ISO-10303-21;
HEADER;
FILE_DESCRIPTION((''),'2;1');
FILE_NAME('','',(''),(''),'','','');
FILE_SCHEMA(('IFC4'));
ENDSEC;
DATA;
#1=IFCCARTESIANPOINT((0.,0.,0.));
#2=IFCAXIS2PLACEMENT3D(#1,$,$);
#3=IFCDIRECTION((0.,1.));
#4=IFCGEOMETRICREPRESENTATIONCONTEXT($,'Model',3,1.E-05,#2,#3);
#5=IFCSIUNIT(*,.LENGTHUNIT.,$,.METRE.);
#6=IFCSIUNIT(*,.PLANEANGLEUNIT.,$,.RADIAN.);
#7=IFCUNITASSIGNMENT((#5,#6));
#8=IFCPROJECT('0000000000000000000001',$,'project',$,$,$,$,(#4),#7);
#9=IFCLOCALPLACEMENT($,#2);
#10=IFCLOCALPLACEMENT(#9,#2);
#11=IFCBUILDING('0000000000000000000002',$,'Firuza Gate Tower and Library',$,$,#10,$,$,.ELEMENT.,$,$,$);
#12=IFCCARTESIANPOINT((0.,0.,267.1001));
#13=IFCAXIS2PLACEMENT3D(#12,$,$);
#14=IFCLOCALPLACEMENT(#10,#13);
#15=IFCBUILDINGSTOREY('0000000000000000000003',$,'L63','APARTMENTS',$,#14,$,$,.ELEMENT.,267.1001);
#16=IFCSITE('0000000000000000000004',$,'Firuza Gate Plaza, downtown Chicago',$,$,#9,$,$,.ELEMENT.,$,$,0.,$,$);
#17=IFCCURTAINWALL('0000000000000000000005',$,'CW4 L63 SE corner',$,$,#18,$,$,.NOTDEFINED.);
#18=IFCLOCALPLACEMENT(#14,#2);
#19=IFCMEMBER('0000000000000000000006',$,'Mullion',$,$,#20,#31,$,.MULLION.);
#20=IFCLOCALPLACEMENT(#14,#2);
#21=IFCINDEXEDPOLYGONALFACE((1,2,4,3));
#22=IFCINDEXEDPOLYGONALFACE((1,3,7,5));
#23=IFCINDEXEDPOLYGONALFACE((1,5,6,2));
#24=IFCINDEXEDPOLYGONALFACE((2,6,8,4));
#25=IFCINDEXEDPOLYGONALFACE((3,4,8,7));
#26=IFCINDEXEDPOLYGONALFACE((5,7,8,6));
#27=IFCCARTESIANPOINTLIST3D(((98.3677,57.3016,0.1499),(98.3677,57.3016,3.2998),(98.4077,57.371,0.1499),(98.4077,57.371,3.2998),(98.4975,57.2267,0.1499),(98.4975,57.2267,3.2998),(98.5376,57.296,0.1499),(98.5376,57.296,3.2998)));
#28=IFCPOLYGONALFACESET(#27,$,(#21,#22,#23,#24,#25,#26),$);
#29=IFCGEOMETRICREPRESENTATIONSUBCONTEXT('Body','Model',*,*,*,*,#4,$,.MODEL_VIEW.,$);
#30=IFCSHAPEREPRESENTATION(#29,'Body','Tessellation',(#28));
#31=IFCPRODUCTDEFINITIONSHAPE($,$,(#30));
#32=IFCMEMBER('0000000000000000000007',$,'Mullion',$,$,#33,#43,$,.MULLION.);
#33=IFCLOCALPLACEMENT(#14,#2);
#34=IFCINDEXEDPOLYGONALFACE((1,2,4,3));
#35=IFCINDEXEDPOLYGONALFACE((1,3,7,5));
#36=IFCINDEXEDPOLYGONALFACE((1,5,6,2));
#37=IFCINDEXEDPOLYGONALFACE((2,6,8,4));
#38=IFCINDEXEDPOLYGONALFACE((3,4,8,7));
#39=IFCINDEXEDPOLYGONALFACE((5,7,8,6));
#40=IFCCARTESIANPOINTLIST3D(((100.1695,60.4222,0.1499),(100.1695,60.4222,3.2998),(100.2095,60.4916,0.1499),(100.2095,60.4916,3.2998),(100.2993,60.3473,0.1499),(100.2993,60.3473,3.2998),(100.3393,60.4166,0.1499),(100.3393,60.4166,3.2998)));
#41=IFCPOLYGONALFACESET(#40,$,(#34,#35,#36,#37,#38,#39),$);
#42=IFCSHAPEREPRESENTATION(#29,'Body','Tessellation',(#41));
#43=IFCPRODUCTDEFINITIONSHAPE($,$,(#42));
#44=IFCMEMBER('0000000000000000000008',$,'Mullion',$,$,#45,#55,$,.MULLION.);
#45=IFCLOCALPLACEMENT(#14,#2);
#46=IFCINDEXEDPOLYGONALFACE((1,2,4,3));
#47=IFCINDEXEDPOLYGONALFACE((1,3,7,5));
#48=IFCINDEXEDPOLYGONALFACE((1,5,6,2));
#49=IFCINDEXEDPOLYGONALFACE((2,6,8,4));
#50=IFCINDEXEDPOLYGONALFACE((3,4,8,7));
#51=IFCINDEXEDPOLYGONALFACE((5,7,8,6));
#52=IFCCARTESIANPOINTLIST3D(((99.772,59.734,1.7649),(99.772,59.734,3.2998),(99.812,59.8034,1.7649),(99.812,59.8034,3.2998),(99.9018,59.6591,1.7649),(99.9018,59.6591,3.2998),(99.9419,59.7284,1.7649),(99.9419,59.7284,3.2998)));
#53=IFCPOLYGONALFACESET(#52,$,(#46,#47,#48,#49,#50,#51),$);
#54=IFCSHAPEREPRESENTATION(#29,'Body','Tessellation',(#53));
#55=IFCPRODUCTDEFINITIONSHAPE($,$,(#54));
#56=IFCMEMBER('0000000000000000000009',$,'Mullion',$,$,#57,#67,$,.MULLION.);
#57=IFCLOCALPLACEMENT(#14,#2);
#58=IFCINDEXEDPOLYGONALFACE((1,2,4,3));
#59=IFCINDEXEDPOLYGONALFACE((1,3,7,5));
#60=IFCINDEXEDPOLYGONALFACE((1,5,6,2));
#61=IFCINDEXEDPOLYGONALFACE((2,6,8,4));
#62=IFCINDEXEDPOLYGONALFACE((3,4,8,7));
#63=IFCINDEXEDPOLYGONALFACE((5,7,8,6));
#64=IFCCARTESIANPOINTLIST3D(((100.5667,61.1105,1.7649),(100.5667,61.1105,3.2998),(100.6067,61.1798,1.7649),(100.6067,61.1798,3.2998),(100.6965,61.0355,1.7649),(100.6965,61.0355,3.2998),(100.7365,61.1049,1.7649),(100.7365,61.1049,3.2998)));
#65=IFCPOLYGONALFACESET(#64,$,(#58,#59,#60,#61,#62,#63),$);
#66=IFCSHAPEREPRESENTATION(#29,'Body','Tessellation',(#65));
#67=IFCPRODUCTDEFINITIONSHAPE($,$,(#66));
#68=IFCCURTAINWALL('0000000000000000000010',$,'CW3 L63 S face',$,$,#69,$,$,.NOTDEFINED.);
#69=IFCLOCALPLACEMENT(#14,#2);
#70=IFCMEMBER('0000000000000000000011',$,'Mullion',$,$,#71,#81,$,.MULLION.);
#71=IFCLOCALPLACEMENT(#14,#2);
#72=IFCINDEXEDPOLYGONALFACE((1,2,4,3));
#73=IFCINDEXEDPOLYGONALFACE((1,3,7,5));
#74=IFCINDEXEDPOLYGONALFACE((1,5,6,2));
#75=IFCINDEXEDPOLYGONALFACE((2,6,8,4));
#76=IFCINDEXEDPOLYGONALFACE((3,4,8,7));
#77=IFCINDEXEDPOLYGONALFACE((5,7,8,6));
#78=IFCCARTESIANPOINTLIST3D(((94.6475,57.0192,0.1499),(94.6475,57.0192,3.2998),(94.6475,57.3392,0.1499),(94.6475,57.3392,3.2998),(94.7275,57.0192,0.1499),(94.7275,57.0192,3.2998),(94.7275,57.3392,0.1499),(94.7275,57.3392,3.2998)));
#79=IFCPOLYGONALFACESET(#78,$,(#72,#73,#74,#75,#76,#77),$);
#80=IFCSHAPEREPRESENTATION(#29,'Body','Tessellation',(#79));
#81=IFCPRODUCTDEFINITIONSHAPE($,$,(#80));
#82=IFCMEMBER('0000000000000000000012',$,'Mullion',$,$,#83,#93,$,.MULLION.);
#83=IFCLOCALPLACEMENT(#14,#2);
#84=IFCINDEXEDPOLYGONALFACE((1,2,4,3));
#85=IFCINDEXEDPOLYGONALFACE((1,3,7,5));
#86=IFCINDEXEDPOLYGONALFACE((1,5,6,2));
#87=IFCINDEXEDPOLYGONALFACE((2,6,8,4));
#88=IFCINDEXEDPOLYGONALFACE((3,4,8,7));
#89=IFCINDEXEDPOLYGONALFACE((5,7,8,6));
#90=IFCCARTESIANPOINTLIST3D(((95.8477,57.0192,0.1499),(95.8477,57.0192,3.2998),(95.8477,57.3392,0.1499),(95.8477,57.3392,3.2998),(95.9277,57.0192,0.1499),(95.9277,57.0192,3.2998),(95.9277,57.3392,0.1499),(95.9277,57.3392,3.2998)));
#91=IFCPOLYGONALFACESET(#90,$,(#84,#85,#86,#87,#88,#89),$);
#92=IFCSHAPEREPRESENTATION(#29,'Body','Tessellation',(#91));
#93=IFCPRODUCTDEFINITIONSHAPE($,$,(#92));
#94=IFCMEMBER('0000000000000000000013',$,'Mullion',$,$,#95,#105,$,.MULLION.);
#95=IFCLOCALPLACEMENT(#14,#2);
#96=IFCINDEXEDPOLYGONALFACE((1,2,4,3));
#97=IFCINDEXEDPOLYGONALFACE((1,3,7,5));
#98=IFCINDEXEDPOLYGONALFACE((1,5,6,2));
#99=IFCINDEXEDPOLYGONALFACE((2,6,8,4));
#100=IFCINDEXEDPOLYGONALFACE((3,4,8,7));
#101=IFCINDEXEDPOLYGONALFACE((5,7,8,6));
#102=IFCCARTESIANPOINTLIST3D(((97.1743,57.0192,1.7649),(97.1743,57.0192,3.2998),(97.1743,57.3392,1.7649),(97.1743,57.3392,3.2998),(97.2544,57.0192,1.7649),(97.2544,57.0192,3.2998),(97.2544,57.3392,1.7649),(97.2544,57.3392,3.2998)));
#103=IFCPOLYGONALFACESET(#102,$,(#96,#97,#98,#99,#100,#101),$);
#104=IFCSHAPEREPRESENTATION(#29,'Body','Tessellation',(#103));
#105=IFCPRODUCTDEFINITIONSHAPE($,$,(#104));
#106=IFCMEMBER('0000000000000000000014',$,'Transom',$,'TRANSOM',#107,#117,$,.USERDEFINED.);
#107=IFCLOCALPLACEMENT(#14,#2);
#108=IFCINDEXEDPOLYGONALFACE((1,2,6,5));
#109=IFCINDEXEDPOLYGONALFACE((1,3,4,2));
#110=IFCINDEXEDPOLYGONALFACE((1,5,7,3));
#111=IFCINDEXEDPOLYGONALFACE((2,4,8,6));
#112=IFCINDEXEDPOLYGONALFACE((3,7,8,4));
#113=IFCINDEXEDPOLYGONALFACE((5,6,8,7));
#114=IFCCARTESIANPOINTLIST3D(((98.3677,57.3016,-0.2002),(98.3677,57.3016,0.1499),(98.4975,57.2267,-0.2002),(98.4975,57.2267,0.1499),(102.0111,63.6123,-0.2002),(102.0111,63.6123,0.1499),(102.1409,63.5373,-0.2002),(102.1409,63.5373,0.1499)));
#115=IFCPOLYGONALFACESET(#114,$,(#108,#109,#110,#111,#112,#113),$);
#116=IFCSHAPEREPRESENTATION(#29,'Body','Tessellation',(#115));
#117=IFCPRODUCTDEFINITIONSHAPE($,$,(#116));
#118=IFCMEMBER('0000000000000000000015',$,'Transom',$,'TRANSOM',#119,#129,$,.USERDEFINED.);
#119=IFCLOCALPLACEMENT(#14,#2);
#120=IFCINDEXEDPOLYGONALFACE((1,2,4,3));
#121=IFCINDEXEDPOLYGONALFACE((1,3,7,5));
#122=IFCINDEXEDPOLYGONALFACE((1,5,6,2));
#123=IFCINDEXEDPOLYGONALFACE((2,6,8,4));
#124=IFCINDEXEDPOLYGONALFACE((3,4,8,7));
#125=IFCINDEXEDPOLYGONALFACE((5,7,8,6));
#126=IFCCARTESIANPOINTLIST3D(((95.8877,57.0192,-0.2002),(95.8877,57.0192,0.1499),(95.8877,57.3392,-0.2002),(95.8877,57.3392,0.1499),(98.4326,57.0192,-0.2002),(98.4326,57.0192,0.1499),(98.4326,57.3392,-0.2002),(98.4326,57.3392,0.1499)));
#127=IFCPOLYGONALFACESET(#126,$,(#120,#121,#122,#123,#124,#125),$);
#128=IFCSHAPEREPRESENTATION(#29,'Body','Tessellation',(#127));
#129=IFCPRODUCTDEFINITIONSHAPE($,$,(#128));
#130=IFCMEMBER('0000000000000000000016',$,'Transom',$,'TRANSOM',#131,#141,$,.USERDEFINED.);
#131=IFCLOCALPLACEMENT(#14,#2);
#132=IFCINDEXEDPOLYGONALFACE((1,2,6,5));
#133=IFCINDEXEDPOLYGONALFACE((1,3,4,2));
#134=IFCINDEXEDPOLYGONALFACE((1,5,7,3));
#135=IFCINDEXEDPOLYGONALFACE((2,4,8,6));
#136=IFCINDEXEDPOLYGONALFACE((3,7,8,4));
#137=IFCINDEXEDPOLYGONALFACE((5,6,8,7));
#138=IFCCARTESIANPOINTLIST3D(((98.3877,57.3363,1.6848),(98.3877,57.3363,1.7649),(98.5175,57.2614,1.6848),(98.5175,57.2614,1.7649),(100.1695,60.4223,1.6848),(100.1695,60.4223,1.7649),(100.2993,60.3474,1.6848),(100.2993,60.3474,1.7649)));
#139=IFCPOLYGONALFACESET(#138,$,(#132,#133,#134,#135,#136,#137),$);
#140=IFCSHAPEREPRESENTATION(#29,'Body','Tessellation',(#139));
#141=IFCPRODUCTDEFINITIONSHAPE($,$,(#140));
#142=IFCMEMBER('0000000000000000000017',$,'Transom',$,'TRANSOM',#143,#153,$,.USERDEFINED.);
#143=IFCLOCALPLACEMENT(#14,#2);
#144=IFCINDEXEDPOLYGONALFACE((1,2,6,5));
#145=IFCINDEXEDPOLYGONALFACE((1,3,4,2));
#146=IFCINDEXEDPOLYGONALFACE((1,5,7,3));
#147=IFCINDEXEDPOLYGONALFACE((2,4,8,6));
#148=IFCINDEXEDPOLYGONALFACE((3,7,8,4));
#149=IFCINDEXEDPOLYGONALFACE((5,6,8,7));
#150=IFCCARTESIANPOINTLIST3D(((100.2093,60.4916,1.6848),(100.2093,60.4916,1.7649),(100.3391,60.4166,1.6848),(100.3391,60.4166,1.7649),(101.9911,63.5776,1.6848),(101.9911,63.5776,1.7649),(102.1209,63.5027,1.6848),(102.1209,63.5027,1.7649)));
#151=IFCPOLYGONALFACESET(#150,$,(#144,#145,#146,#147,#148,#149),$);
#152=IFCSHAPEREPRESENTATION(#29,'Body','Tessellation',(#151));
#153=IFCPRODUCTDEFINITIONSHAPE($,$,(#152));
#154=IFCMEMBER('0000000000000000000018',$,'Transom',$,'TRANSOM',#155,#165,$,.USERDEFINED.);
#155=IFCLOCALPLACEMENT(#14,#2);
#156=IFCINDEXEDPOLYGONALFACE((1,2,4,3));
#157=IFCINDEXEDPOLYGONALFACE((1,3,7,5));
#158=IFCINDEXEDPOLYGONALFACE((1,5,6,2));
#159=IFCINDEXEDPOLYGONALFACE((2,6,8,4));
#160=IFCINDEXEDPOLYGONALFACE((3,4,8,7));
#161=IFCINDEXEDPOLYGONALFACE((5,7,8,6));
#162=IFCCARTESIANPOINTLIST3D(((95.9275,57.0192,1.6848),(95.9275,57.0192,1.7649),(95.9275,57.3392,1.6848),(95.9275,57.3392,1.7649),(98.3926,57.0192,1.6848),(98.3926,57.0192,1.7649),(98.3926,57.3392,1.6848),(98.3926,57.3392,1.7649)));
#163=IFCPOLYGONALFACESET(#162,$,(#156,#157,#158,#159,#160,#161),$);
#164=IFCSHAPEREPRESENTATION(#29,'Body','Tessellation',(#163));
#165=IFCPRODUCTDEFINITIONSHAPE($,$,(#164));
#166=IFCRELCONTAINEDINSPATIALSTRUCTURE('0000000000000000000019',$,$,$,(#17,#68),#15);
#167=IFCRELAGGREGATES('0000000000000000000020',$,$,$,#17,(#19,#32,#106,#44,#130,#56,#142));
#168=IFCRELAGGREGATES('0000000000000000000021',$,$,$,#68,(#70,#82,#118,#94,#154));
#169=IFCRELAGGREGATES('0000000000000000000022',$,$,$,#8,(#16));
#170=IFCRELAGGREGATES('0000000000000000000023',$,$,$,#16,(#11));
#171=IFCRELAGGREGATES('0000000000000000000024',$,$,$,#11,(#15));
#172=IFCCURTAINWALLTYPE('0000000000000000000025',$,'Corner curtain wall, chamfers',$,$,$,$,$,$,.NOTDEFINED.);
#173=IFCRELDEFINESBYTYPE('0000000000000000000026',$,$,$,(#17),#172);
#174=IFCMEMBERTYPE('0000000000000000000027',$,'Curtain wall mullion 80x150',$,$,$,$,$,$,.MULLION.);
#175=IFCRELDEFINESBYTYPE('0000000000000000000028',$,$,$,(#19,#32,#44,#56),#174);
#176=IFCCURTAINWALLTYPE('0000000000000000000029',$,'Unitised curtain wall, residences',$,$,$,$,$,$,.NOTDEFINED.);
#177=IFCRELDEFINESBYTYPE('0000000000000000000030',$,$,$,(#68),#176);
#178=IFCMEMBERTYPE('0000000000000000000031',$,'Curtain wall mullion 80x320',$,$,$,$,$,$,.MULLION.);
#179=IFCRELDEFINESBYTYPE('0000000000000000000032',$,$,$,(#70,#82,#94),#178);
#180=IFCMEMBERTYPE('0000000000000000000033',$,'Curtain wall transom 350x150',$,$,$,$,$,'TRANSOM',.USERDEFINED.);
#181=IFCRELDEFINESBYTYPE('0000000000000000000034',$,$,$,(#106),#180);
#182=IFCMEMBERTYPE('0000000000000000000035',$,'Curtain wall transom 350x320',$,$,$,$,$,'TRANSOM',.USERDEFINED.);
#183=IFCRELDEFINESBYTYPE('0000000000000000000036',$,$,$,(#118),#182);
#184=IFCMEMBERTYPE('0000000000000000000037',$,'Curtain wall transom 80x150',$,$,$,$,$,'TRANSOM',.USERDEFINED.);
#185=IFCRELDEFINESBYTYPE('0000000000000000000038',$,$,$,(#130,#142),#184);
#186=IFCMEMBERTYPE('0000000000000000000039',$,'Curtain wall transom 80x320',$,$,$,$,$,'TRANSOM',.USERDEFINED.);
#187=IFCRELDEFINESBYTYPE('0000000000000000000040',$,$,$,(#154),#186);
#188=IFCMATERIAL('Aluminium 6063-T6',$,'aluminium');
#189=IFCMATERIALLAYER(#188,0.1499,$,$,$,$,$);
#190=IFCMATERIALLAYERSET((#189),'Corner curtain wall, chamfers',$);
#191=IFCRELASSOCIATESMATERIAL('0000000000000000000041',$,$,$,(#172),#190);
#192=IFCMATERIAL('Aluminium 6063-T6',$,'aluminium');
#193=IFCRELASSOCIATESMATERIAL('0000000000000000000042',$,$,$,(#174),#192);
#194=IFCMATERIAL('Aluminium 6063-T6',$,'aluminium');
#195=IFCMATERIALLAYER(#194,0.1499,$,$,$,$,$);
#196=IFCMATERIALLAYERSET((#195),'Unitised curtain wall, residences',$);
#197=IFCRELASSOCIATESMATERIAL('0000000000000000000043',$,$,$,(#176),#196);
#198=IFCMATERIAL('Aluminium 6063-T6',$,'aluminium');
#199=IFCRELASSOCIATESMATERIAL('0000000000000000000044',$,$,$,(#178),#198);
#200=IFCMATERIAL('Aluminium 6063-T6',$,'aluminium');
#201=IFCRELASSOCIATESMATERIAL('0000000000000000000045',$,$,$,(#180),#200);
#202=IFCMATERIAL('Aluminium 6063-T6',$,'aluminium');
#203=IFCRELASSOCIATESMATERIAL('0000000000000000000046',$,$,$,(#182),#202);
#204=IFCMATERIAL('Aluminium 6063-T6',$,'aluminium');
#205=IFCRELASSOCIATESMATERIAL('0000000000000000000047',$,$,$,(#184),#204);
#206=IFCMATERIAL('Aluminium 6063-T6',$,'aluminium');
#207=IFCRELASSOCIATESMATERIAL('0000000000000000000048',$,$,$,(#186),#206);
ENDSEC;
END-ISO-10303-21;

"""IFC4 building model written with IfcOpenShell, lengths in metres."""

from ifc_helpers import new_model, si_unit, direction, frame, origin, origin_2d, place, context, subcontext, project, spatial, rectangle, extrude, material, layer, layer_set, material_profile, profile_set, type_object, element, aggregate, save


model = new_model("IFC4")

# Units and contexts
model_context = context("Model", 3, precision=1e-05, world=origin(), true_north=direction((0.0, 1.0)))
body_context = subcontext(model_context, "Body", "Model", "MODEL_VIEW")
ifc_project = project(units=[si_unit("LENGTHUNIT", "METRE"), si_unit("PLANEANGLEUNIT", "RADIAN")], contexts=[model_context])

# Site, building, storey
site_placement = place(None, origin())
site = spatial("IfcSite", under=ifc_project, at=site_placement, Name="Firuza Gate Plaza, downtown Chicago", CompositionType="ELEMENT", RefElevation=0.0)
building_placement = place(site_placement, origin())
building = spatial("IfcBuilding", under=site, at=building_placement, Name="Firuza Gate Tower and Library", CompositionType="ELEMENT")
storey_placement = place(building_placement, frame((0.0, 0.0, 267.1001)))
storey = spatial("IfcBuildingStorey", under=building, at=storey_placement, Name="L63", Description="APARTMENTS", CompositionType="ELEMENT", Elevation=267.1001)

# Curtain walls, members
ifc_material_1 = material(Name="Aluminium 6063-T6", Category="aluminium")
ifc_layer_1 = layer(ifc_material_1, 0.1499)
ifc_layer_set_1 = layer_set([ifc_layer_1], Name="Corner curtain wall, chamfers")
curtain_wall_type_1 = type_object("IfcCurtainWallType", Name="Corner curtain wall, chamfers", PredefinedType="NOTDEFINED", material=ifc_layer_set_1)
placement = place(storey_placement, origin())
curtain_wall_1 = element("IfcCurtainWall", 1, at=placement, inside=storey, type_object=curtain_wall_type_1, Name="CW4 L63 SE corner", PredefinedType="NOTDEFINED")
ifc_material_2 = material(Name="Aluminium 6063-T6", Category="aluminium")
ifc_material_profile_1 = material_profile(ifc_material_2, rectangle(XDim=0.1499, YDim=0.0801, at=origin_2d()))
ifc_profile_set_1 = profile_set([ifc_material_profile_1], Name="Aluminium 6063-T6")
member_type_1 = type_object("IfcMemberType", Name="Curtain wall mullion 80x150", PredefinedType="MULLION", material=ifc_profile_set_1)
member_1_placement = place(storey_placement, frame((98.4526, 57.2988, 0.1499), z_axis=(0.0, 0.0, 1.0), x_axis=(-0.866025, 0.5, 0.0)))
member_1 = element("IfcMember", 2, at=member_1_placement, type_object=member_type_1, Name="Mullion", PredefinedType="MULLION", context=body_context, shape_type="SweptSolid", body=[
    extrude(rectangle(XDim=0.1499, YDim=0.0801, at=origin_2d()), origin(), (0.0, 0.0, 1.0), 3.1499),
])
member_2_placement = place(storey_placement, frame((100.2544, 60.4194, 0.1499), z_axis=(0.0, 0.0, 1.0), x_axis=(-0.866025, 0.5, 0.0)))
member_2 = element("IfcMember", 3, at=member_2_placement, type_object=member_type_1, Name="Mullion", PredefinedType="MULLION", context=body_context, shape_type="SweptSolid", body=[
    extrude(rectangle(XDim=0.1499, YDim=0.0801, at=origin_2d()), origin(), (0.0, 0.0, 1.0), 3.1499),
])
member_3_placement = place(storey_placement, frame((99.8569, 59.7312, 1.7649), z_axis=(0.0, 0.0, 1.0), x_axis=(-0.866025, 0.5, 0.0)))
member_3 = element("IfcMember", 4, at=member_3_placement, type_object=member_type_1, Name="Mullion", PredefinedType="MULLION", context=body_context, shape_type="SweptSolid", body=[
    extrude(rectangle(XDim=0.1499, YDim=0.0801, at=origin_2d()), origin(), (0.0, 0.0, 1.0), 1.5349),
])
member_4_placement = place(storey_placement, frame((100.6516, 61.1077, 1.7649), z_axis=(0.0, 0.0, 1.0), x_axis=(-0.866025, 0.5, 0.0)))
member_4 = element("IfcMember", 5, at=member_4_placement, type_object=member_type_1, Name="Mullion", PredefinedType="MULLION", context=body_context, shape_type="SweptSolid", body=[
    extrude(rectangle(XDim=0.1499, YDim=0.0801, at=origin_2d()), origin(), (0.0, 0.0, 1.0), 1.5349),
])
ifc_material_3 = material(Name="Aluminium 6063-T6", Category="aluminium")
ifc_layer_2 = layer(ifc_material_3, 0.1499)
ifc_layer_set_2 = layer_set([ifc_layer_2], Name="Unitised curtain wall, residences")
curtain_wall_type_2 = type_object("IfcCurtainWallType", Name="Unitised curtain wall, residences", PredefinedType="NOTDEFINED", material=ifc_layer_set_2)
curtain_wall_2 = element("IfcCurtainWall", 6, at=placement, inside=storey, type_object=curtain_wall_type_2, Name="CW3 L63 S face", PredefinedType="NOTDEFINED")
ifc_material_4 = material(Name="Aluminium 6063-T6", Category="aluminium")
ifc_material_profile_2 = material_profile(ifc_material_4, rectangle(XDim=0.3201, YDim=0.0801, at=origin_2d()))
ifc_profile_set_2 = profile_set([ifc_material_profile_2], Name="Aluminium 6063-T6")
member_type_2 = type_object("IfcMemberType", Name="Curtain wall mullion 80x320", PredefinedType="MULLION", material=ifc_profile_set_2)
member_5_placement = place(storey_placement, frame((94.6875, 57.1792, 0.1499), z_axis=(0.0, 0.0, 1.0), x_axis=(0.0, 1.0, 0.0)))
member_5 = element("IfcMember", 7, at=member_5_placement, type_object=member_type_2, Name="Mullion", PredefinedType="MULLION", context=body_context, shape_type="SweptSolid", body=[
    extrude(rectangle(XDim=0.3201, YDim=0.0801, at=origin_2d()), origin(), (0.0, 0.0, 1.0), 3.1499),
])
member_6_placement = place(storey_placement, frame((95.8877, 57.1792, 0.1499), z_axis=(0.0, 0.0, 1.0), x_axis=(0.0, 1.0, 0.0)))
member_6 = element("IfcMember", 8, at=member_6_placement, type_object=member_type_2, Name="Mullion", PredefinedType="MULLION", context=body_context, shape_type="SweptSolid", body=[
    extrude(rectangle(XDim=0.3201, YDim=0.0801, at=origin_2d()), origin(), (0.0, 0.0, 1.0), 3.1499),
])
member_7_placement = place(storey_placement, frame((97.2144, 57.1792, 1.7649), z_axis=(0.0, 0.0, 1.0), x_axis=(0.0, 1.0, 0.0)))
member_7 = element("IfcMember", 9, at=member_7_placement, type_object=member_type_2, Name="Mullion", PredefinedType="MULLION", context=body_context, shape_type="SweptSolid", body=[
    extrude(rectangle(XDim=0.3201, YDim=0.0801, at=origin_2d()), origin(), (0.0, 0.0, 1.0), 1.5349),
])

# Members
ifc_material_5 = material(Name="Aluminium 6063-T6", Category="aluminium")
ifc_material_profile_3 = material_profile(ifc_material_5, rectangle(XDim=0.1499, YDim=0.3501, at=origin_2d()))
ifc_profile_set_3 = profile_set([ifc_material_profile_3], Name="Aluminium 6063-T6")
member_type_3 = type_object("IfcMemberType", Name="Curtain wall transom 350x150", ElementType="TRANSOM", PredefinedType="USERDEFINED", material=ifc_profile_set_3)
member_8_placement = place(storey_placement, frame((98.4326, 57.2642, -0.0251), z_axis=(0.499991, 0.86603, 0.0), x_axis=(-0.86603, 0.499991, 0.0)))
member_8 = element("IfcMember", 10, at=member_8_placement, type_object=member_type_3, Name="Transom", ObjectType="TRANSOM", PredefinedType="USERDEFINED", context=body_context, shape_type="SweptSolid", body=[
    extrude(rectangle(XDim=0.1499, YDim=0.3501, at=origin_2d()), origin(), (0.0, 0.0, 1.0), 7.2869),
])
ifc_material_6 = material(Name="Aluminium 6063-T6", Category="aluminium")
ifc_material_profile_4 = material_profile(ifc_material_6, rectangle(XDim=0.3201, YDim=0.3501, at=origin_2d()))
ifc_profile_set_4 = profile_set([ifc_material_profile_4], Name="Aluminium 6063-T6")
member_type_4 = type_object("IfcMemberType", Name="Curtain wall transom 350x320", ElementType="TRANSOM", PredefinedType="USERDEFINED", material=ifc_profile_set_4)
member_9_placement = place(storey_placement, frame((95.8877, 57.1792, -0.0251), z_axis=(1.0, 0.0, 0.0), x_axis=(0.0, 1.0, 0.0)))
member_9 = element("IfcMember", 11, at=member_9_placement, type_object=member_type_4, Name="Transom", ObjectType="TRANSOM", PredefinedType="USERDEFINED", context=body_context, shape_type="SweptSolid", body=[
    extrude(rectangle(XDim=0.3201, YDim=0.3501, at=origin_2d()), origin(), (0.0, 0.0, 1.0), 2.5449),
])
ifc_material_7 = material(Name="Aluminium 6063-T6", Category="aluminium")
ifc_material_profile_5 = material_profile(ifc_material_7, rectangle(XDim=0.1499, YDim=0.0801, at=origin_2d()))
ifc_profile_set_5 = profile_set([ifc_material_profile_5], Name="Aluminium 6063-T6")
member_type_5 = type_object("IfcMemberType", Name="Curtain wall transom 80x150", ElementType="TRANSOM", PredefinedType="USERDEFINED", material=ifc_profile_set_5)
member_10_placement = place(storey_placement, frame((98.4526, 57.2988, 1.7249), z_axis=(0.500015, 0.866017, 0.0), x_axis=(-0.866017, 0.500015, 0.0)))
member_10 = element("IfcMember", 12, at=member_10_placement, type_object=member_type_5, Name="Transom", ObjectType="TRANSOM", PredefinedType="USERDEFINED", context=body_context, shape_type="SweptSolid", body=[
    extrude(rectangle(XDim=0.1499, YDim=0.0801, at=origin_2d()), origin(), (0.0, 0.0, 1.0), 3.5635),
])
member_11_placement = place(storey_placement, frame((100.2742, 60.4541, 1.7249), z_axis=(0.500015, 0.866017, 0.0), x_axis=(-0.866017, 0.500015, 0.0)))
member_11 = element("IfcMember", 13, at=member_11_placement, type_object=member_type_5, Name="Transom", ObjectType="TRANSOM", PredefinedType="USERDEFINED", context=body_context, shape_type="SweptSolid", body=[
    extrude(rectangle(XDim=0.1499, YDim=0.0801, at=origin_2d()), origin(), (0.0, 0.0, 1.0), 3.5635),
])
ifc_material_8 = material(Name="Aluminium 6063-T6", Category="aluminium")
ifc_material_profile_6 = material_profile(ifc_material_8, rectangle(XDim=0.3201, YDim=0.0801, at=origin_2d()))
ifc_profile_set_6 = profile_set([ifc_material_profile_6], Name="Aluminium 6063-T6")
member_type_6 = type_object("IfcMemberType", Name="Curtain wall transom 80x320", ElementType="TRANSOM", PredefinedType="USERDEFINED", material=ifc_profile_set_6)
member_12_placement = place(storey_placement, frame((95.9275, 57.1792, 1.7249), z_axis=(1.0, 0.0, 0.0), x_axis=(0.0, 1.0, 0.0)))
member_12 = element("IfcMember", 14, at=member_12_placement, type_object=member_type_6, Name="Transom", ObjectType="TRANSOM", PredefinedType="USERDEFINED", context=body_context, shape_type="SweptSolid", body=[
    extrude(rectangle(XDim=0.3201, YDim=0.0801, at=origin_2d()), origin(), (0.0, 0.0, 1.0), 2.4651),
])

aggregate(curtain_wall_1, [member_1, member_2, member_8, member_3, member_10, member_4, member_11])

aggregate(curtain_wall_2, [member_5, member_6, member_9, member_7, member_12])

save(model, "model.ifc")
